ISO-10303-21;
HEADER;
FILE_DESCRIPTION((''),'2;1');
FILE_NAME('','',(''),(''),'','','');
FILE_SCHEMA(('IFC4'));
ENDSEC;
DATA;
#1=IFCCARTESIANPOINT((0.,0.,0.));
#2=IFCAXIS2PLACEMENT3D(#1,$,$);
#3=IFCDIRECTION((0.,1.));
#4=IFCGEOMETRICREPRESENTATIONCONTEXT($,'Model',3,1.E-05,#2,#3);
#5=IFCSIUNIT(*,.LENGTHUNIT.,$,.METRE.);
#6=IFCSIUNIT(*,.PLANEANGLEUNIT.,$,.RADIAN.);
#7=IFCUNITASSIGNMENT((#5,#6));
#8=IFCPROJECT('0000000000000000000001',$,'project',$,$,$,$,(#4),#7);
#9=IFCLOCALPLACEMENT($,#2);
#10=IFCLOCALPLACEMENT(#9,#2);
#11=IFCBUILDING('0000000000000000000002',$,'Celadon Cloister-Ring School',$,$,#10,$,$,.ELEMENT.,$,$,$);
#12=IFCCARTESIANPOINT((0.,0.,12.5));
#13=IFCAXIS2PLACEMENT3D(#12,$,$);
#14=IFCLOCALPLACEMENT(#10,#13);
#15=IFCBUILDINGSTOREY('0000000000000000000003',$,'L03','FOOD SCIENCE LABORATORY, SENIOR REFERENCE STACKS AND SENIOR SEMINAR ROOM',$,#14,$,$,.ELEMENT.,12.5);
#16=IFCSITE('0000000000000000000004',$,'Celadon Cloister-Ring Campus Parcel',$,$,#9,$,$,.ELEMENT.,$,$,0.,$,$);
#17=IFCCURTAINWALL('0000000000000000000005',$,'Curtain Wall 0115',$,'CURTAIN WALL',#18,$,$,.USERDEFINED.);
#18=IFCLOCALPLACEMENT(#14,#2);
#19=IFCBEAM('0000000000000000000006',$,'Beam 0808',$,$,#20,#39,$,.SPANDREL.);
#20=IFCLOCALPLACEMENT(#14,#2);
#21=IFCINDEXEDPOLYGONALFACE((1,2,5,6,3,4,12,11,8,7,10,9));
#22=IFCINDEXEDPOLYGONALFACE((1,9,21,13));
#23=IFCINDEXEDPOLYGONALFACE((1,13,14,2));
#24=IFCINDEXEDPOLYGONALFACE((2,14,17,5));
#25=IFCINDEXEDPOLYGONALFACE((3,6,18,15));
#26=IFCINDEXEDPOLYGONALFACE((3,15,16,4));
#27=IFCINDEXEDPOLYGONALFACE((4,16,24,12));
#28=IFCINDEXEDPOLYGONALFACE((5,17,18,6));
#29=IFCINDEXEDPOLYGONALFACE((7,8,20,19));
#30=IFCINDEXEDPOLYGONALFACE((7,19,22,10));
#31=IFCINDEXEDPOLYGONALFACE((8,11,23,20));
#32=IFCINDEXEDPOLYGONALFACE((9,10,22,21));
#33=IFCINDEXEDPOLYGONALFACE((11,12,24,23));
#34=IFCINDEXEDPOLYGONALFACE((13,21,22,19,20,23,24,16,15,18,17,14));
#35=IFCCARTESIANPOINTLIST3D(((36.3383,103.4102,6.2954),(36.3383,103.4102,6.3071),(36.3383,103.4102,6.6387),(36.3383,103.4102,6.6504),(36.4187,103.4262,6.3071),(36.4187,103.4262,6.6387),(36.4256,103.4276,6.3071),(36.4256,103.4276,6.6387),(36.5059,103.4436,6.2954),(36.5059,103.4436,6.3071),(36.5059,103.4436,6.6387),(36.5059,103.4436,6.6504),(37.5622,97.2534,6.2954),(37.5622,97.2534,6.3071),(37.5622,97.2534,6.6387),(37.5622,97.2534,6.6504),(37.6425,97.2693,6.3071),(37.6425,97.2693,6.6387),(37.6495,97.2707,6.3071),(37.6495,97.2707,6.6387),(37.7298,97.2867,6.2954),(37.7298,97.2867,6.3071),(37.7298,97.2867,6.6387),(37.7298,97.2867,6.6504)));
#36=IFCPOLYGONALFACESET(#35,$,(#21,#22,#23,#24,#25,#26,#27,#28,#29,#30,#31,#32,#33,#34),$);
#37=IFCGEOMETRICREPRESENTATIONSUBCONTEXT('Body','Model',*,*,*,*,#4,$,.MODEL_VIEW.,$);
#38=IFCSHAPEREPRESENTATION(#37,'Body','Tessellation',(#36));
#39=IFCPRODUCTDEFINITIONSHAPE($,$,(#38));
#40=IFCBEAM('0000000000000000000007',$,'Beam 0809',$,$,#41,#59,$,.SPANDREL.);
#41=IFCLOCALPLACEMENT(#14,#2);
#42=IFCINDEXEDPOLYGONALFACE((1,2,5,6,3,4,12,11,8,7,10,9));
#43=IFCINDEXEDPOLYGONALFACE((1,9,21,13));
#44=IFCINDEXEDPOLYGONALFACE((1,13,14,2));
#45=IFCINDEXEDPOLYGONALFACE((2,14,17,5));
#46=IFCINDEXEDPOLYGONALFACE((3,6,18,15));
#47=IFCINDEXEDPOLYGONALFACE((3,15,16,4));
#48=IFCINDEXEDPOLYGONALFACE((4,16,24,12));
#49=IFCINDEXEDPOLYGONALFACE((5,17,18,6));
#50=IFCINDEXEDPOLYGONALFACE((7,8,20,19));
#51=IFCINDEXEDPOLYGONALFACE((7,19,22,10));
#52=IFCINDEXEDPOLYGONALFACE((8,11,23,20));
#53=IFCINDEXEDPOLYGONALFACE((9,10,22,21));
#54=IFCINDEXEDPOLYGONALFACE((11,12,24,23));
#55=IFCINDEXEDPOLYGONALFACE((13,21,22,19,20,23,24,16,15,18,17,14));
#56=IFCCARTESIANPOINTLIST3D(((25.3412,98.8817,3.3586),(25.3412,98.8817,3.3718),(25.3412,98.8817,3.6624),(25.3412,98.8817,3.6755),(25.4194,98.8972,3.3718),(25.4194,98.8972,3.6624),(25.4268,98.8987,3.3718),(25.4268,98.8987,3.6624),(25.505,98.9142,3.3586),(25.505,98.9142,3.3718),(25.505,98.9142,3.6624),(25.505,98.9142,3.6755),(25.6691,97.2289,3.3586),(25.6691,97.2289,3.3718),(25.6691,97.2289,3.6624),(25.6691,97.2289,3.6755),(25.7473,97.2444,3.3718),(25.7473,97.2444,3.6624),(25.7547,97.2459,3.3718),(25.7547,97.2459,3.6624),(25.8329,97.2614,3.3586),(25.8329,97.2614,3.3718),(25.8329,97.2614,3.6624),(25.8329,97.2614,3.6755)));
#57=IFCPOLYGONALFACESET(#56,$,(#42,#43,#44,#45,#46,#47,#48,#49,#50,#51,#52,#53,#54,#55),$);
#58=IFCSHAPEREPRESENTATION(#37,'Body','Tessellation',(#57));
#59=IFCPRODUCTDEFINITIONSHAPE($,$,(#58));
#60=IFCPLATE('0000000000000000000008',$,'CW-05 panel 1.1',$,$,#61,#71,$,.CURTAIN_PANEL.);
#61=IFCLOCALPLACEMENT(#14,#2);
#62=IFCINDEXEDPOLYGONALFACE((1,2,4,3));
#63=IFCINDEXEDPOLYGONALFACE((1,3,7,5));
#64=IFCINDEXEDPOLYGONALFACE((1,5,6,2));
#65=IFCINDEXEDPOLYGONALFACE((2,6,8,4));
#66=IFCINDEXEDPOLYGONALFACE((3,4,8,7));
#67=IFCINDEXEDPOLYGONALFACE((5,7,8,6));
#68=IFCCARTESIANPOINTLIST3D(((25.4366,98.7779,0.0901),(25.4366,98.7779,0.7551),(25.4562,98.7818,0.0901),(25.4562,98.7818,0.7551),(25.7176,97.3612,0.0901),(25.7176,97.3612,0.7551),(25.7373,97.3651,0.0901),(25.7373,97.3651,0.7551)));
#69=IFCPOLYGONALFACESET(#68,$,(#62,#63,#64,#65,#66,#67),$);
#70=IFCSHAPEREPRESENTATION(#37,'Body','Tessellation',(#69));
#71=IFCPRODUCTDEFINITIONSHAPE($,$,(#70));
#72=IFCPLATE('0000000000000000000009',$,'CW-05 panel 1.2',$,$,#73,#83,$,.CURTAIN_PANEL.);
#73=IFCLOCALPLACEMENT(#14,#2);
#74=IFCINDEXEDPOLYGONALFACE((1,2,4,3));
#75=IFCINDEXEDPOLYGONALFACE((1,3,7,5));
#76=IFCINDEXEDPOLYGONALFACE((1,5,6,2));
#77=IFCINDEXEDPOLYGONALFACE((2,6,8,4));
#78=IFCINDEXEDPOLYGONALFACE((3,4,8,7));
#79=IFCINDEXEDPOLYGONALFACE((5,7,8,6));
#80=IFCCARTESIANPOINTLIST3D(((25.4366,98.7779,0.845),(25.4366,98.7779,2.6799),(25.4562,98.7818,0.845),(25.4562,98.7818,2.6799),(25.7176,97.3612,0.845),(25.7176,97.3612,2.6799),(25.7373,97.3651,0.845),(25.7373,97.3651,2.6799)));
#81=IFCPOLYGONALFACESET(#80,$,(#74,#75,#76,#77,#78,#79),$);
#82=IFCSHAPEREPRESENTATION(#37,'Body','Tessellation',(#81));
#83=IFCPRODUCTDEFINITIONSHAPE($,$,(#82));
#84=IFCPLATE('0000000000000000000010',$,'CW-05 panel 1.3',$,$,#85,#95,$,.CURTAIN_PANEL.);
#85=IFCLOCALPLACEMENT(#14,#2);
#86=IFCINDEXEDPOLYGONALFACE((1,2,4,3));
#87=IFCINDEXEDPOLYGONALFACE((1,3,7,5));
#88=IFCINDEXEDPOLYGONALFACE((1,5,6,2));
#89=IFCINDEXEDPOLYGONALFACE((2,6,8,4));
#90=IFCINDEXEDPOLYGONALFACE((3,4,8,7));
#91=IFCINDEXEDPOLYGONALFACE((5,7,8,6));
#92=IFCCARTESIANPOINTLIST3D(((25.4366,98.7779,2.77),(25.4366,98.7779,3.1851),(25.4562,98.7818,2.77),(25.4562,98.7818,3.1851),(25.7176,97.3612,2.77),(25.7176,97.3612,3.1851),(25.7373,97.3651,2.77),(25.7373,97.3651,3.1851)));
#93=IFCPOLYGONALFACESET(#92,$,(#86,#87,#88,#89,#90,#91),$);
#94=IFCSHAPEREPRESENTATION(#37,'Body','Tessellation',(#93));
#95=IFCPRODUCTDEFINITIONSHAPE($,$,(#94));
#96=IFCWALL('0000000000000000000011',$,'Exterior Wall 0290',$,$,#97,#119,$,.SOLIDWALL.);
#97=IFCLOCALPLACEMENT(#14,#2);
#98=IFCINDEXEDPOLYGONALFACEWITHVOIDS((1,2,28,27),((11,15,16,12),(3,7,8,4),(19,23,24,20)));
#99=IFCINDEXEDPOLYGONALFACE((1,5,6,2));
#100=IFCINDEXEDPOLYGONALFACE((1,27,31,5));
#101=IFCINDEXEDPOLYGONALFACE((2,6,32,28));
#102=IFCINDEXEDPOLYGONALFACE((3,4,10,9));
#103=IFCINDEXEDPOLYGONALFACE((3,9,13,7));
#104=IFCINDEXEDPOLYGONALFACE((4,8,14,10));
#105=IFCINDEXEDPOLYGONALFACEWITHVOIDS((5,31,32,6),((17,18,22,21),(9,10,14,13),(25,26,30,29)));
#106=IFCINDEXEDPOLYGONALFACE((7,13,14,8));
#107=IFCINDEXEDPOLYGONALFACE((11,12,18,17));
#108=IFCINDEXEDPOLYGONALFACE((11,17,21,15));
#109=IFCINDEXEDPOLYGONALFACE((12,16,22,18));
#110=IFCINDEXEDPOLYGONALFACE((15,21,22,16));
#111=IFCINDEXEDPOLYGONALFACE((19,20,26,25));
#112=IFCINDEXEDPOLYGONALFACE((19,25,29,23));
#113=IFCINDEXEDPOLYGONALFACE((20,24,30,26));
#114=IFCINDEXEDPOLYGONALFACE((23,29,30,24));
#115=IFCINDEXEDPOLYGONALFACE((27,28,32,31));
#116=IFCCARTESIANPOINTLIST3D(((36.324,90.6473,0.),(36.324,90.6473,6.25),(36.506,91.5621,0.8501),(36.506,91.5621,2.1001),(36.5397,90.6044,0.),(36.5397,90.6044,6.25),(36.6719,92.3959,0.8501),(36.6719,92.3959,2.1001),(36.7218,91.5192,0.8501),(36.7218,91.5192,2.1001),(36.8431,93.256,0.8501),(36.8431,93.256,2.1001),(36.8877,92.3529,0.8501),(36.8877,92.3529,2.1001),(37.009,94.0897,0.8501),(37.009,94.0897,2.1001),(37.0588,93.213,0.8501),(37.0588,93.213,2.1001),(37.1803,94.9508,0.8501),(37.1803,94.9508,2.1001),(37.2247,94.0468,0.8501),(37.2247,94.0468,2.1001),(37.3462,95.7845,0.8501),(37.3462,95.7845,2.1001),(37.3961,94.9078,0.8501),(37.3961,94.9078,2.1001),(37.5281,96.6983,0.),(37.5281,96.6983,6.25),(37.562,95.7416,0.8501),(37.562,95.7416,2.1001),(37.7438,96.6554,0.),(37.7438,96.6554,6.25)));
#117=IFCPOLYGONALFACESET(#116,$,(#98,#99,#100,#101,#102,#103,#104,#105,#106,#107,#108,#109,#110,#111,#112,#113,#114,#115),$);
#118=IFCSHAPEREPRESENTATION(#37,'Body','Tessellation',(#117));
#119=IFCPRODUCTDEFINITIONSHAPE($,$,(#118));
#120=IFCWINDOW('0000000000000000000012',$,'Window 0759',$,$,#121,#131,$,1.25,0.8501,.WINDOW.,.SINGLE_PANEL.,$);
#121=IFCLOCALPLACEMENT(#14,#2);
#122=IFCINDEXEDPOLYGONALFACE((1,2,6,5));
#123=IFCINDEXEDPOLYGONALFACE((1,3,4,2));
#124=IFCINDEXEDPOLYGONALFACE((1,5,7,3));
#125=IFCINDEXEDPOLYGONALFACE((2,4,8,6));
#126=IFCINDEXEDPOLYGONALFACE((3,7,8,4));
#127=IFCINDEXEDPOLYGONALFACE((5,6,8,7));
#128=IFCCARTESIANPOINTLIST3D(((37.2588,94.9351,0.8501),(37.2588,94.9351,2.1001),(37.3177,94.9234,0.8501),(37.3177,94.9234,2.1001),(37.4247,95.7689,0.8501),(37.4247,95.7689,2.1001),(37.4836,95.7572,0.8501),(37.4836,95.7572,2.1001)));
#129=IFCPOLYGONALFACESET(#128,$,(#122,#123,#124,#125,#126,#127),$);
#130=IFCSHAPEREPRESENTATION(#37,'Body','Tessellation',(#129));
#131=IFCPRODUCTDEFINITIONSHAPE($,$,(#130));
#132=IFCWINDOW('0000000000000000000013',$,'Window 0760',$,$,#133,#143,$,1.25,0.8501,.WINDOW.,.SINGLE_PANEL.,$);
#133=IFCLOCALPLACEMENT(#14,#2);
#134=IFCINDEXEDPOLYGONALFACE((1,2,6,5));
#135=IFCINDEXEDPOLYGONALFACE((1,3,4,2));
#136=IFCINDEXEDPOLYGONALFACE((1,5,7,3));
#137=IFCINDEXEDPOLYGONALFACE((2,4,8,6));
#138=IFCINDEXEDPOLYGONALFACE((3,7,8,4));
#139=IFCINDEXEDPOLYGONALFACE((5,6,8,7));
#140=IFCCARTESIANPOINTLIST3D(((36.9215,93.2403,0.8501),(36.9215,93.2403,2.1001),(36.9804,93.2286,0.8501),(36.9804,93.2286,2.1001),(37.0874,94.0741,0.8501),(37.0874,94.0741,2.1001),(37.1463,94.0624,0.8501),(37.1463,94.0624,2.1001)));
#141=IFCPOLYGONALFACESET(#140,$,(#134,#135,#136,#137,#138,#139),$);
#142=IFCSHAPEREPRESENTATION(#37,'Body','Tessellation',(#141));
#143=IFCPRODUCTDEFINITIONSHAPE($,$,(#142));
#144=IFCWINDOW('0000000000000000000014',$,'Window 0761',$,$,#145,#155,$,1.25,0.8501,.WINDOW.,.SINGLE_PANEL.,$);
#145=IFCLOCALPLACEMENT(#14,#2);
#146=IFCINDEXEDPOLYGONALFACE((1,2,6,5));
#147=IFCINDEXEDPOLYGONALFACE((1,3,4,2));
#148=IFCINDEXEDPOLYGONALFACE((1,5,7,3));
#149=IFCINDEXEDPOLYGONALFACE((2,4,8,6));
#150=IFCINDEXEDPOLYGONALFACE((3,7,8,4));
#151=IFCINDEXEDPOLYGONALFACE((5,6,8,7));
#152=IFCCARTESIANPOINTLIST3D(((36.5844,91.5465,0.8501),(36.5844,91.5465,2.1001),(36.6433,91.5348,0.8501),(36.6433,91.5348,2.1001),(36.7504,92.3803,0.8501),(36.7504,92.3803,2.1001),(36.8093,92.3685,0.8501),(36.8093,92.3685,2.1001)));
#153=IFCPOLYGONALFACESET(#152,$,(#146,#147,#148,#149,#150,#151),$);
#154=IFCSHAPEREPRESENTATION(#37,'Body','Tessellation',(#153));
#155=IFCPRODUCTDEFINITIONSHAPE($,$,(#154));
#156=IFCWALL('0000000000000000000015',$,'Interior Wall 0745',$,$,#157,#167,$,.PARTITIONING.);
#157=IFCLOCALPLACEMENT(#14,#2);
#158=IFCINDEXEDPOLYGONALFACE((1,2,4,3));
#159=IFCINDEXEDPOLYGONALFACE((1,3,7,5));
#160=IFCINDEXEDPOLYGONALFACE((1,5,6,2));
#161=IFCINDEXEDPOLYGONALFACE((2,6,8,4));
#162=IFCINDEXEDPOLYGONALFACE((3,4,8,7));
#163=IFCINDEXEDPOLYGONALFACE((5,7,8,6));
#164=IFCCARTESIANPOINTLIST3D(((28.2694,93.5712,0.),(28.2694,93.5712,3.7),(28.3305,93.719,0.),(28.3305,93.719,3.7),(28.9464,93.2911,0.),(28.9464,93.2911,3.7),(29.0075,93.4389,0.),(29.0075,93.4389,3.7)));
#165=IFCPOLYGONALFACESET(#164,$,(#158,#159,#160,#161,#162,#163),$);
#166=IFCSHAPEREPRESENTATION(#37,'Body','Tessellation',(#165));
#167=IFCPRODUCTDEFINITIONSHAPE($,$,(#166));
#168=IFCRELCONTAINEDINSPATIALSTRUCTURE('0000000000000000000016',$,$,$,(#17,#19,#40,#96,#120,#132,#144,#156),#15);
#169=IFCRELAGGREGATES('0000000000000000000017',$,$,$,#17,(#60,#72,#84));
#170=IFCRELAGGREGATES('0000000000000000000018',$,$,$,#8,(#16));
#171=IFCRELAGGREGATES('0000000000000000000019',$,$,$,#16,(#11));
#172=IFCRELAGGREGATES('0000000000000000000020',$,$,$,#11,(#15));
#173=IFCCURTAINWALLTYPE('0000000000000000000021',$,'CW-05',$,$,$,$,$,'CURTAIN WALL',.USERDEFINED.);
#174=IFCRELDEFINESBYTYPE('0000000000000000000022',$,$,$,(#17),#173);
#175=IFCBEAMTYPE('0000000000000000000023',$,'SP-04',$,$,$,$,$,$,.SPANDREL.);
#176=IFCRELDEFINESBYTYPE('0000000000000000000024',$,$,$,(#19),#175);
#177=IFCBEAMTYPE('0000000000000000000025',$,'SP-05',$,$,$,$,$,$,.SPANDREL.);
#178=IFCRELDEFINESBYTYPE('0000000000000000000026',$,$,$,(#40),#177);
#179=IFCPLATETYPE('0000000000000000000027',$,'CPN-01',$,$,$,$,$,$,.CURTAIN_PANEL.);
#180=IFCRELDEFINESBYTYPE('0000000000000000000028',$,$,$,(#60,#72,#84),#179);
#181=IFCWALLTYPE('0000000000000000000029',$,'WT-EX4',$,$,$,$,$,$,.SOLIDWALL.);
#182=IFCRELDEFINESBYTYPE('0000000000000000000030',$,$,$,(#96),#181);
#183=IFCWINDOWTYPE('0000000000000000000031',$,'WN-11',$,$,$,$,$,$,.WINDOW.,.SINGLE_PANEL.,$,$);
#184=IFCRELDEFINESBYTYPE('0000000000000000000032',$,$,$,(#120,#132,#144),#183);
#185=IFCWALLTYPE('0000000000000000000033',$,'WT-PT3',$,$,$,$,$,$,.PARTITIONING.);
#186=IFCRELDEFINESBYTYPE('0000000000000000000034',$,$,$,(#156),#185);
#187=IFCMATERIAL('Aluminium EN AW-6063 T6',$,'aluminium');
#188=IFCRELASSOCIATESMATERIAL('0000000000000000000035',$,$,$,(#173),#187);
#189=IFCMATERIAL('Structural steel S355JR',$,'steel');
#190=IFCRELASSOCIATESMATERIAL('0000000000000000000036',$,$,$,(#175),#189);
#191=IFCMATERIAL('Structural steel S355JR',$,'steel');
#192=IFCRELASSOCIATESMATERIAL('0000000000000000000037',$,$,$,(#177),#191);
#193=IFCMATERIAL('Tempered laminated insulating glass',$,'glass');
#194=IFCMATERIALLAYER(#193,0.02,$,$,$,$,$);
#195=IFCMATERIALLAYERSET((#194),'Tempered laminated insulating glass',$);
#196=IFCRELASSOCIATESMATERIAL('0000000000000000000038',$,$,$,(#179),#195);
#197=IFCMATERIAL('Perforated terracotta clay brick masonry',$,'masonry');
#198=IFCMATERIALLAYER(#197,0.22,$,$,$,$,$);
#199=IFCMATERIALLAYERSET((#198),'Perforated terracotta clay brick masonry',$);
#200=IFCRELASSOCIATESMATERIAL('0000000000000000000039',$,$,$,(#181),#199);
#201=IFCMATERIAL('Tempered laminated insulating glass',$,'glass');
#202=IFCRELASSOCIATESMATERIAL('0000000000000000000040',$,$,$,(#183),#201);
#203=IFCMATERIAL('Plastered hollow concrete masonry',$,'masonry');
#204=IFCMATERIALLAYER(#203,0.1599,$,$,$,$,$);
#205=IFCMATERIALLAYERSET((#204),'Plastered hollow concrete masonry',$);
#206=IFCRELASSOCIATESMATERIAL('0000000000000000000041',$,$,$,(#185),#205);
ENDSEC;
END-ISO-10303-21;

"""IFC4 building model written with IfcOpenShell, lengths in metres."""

from ifc_helpers import new_model, si_unit, direction, frame, frame_2d, origin, origin_2d, place, context, subcontext, project, spatial, rectangle, i_section, extrude, material, layer, layer_set, material_profile, profile_set, type_object, element, fill, aggregate, save


model = new_model("IFC4")

# Units and contexts
model_context = context("Model", 3, precision=1e-05, world=origin(), true_north=direction((0.0, 1.0)))
body_context = subcontext(model_context, "Body", "Model", "MODEL_VIEW")
ifc_project = project(units=[si_unit("LENGTHUNIT", "METRE"), si_unit("PLANEANGLEUNIT", "RADIAN")], contexts=[model_context])

# Site, building, storey
site_placement = place(None, origin())
site = spatial("IfcSite", under=ifc_project, at=site_placement, Name="Celadon Cloister-Ring Campus Parcel", CompositionType="ELEMENT", RefElevation=0.0)
building_placement = place(site_placement, origin())
building = spatial("IfcBuilding", under=site, at=building_placement, Name="Celadon Cloister-Ring School", CompositionType="ELEMENT")
storey_placement = place(building_placement, frame((0.0, 0.0, 12.5)))
storey = spatial("IfcBuildingStorey", under=building, at=storey_placement, Name="L03", Description="FOOD SCIENCE LABORATORY, SENIOR REFERENCE STACKS AND SENIOR SEMINAR ROOM", CompositionType="ELEMENT", Elevation=12.5)

# Curtain wall
ifc_material_1 = material(Name="Aluminium EN AW-6063 T6", Category="aluminium")
curtain_wall_type = type_object("IfcCurtainWallType", Name="CW-05", ElementType="CURTAIN WALL", PredefinedType="USERDEFINED", material=ifc_material_1)
curtain_wall_1_placement = place(storey_placement, origin())
curtain_wall_1 = element("IfcCurtainWall", 1, at=curtain_wall_1_placement, inside=storey, type_object=curtain_wall_type, Name="Curtain Wall 0115", ObjectType="CURTAIN WALL", PredefinedType="USERDEFINED")

# Beams
ifc_material_2 = material(Name="Structural steel S355JR", Category="steel")
ifc_material_profile_1 = material_profile(ifc_material_2, i_section(OverallWidth=0.1709, OverallDepth=0.355, WebThickness=0.0071, FlangeThickness=0.0117, at=origin_2d()), Name="W360X51")
ifc_profile_set_1 = profile_set([ifc_material_profile_1], Name="Structural steel S355JR")
beam_type_1 = type_object("IfcBeamType", Name="SP-04", PredefinedType="SPANDREL", material=ifc_profile_set_1)
beam_1_placement = place(storey_placement, frame((37.646, 97.27, 6.4729), z_axis=(-0.194964, 0.98081, 0.0), x_axis=(-0.98081, -0.194964, 0.0)))
element("IfcBeam", 2, at=beam_1_placement, inside=storey, type_object=beam_type_1, Name="Beam 0808", PredefinedType="SPANDREL", context=body_context, shape_type="SweptSolid", body=[
    extrude(i_section(OverallWidth=0.1709, OverallDepth=0.355, WebThickness=0.0071, FlangeThickness=0.0117, at=origin_2d()), origin(), (0.0, 0.0, 1.0), 6.2773),
])
ifc_material_3 = material(Name="Structural steel S355JR", Category="steel")
ifc_material_profile_2 = material_profile(ifc_material_3, i_section(OverallWidth=0.167, OverallDepth=0.3169, WebThickness=0.0076, FlangeThickness=0.0132, at=origin_2d()), Name="W310X52")
ifc_profile_set_2 = profile_set([ifc_material_profile_2], Name="Structural steel S355JR")
beam_type_2 = type_object("IfcBeamType", Name="SP-05", PredefinedType="SPANDREL", material=ifc_profile_set_2)
beam_2_placement = place(storey_placement, frame((25.751, 97.2451, 3.5171), z_axis=(-0.194583, 0.980886, 0.0), x_axis=(-0.980886, -0.194583, 0.0)))
element("IfcBeam", 3, at=beam_2_placement, inside=storey, type_object=beam_type_2, Name="Beam 0809", PredefinedType="SPANDREL", context=body_context, shape_type="SweptSolid", body=[
    extrude(i_section(OverallWidth=0.167, OverallDepth=0.3169, WebThickness=0.0076, FlangeThickness=0.0132, at=origin_2d()), origin(), (0.0, 0.0, 1.0), 1.6851),
])

# Plates
ifc_material_4 = material(Name="Tempered laminated insulating glass", Category="glass")
ifc_layer_1 = layer(ifc_material_4, 0.02)
ifc_layer_set_1 = layer_set([ifc_layer_1], Name="Tempered laminated insulating glass")
plate_type = type_object("IfcPlateType", Name="CPN-01", PredefinedType="CURTAIN_PANEL", material=ifc_layer_set_1)
plate_1_placement = place(storey_placement, frame((25.5869, 98.0715, 0.0901), z_axis=(0.0, 0.0, 1.0), x_axis=(-0.194586, 0.980885, 0.0)))
plate_1 = element("IfcPlate", 4, at=plate_1_placement, type_object=plate_type, Name="CW-05 panel 1.1", PredefinedType="CURTAIN_PANEL", context=body_context, shape_type="SweptSolid", body=[
    extrude(rectangle(XDim=1.4443, YDim=0.02, at=origin_2d()), origin(), (0.0, 0.0, 1.0), 0.665),
])
plate_2_placement = place(storey_placement, frame((25.5869, 98.0715, 0.845), z_axis=(0.0, 0.0, 1.0), x_axis=(-0.194586, 0.980885, 0.0)))
plate_2 = element("IfcPlate", 5, at=plate_2_placement, type_object=plate_type, Name="CW-05 panel 1.2", PredefinedType="CURTAIN_PANEL", context=body_context, shape_type="SweptSolid", body=[
    extrude(rectangle(XDim=1.4443, YDim=0.02, at=origin_2d()), origin(), (0.0, 0.0, 1.0), 1.835),
])
plate_3_placement = place(storey_placement, frame((25.5869, 98.0715, 2.77), z_axis=(0.0, 0.0, 1.0), x_axis=(-0.194586, 0.980885, 0.0)))
plate_3 = element("IfcPlate", 6, at=plate_3_placement, type_object=plate_type, Name="CW-05 panel 1.3", PredefinedType="CURTAIN_PANEL", context=body_context, shape_type="SweptSolid", body=[
    extrude(rectangle(XDim=1.4443, YDim=0.02, at=origin_2d()), origin(), (0.0, 0.0, 1.0), 0.415),
])
aggregate(curtain_wall_1, [plate_1, plate_2, plate_3])

# Wall, openings, windows
ifc_material_5 = material(Name="Perforated terracotta clay brick masonry", Category="masonry")
ifc_layer_2 = layer(ifc_material_5, 0.22)
ifc_layer_set_2 = layer_set([ifc_layer_2], Name="Perforated terracotta clay brick masonry")
wall_type_1 = type_object("IfcWallType", Name="WT-EX4", PredefinedType="SOLIDWALL", material=ifc_layer_set_2)
wall_1_placement = place(storey_placement, frame((37.636, 96.677, 0.0), z_axis=(0.0, 0.0, 1.0), x_axis=(-0.195165, -0.98077, 0.0)))
wall_1 = element("IfcWall", 7, at=wall_1_placement, inside=storey, type_object=wall_type_1, Name="Exterior Wall 0290", PredefinedType="SOLIDWALL", context=body_context, shape_type="SweptSolid", body=[
    extrude(rectangle(XDim=6.1697, YDim=0.22, at=frame_2d((3.085, 0.0))), origin(), (0.0, 0.0, 1.0), 6.25),
])
opening_1_placement = place(wall_1_placement, frame((0.9319, 0.0, 0.8501)))
opening_1 = element("IfcOpeningElement", 8, at=opening_1_placement, cuts=wall_1, PredefinedType="OPENING", context=body_context, shape_type="SweptSolid", body=[
    extrude(rectangle(XDim=0.8501, YDim=1.25, at=frame_2d((0.425, 0.625))), frame((0.0, 0.1201, 0.0), z_axis=(0.0, -1.0, 0.0), x_axis=(1.0, 0.0, 0.0)), (0.0, 0.0, 1.0), 0.24),
])
opening_2_placement = place(wall_1_placement, frame((2.6599, 0.0, 0.8501)))
opening_2 = element("IfcOpeningElement", 9, at=opening_2_placement, cuts=wall_1, PredefinedType="OPENING", context=body_context, shape_type="SweptSolid", body=[
    extrude(rectangle(XDim=0.8501, YDim=1.25, at=frame_2d((0.425, 0.625))), frame((0.0, 0.1201, 0.0), z_axis=(0.0, -1.0, 0.0), x_axis=(1.0, 0.0, 0.0)), (0.0, 0.0, 1.0), 0.24),
])
opening_3_placement = place(wall_1_placement, frame((4.387, 0.0, 0.8501)))
opening_3 = element("IfcOpeningElement", 10, at=opening_3_placement, cuts=wall_1, PredefinedType="OPENING", context=body_context, shape_type="SweptSolid", body=[
    extrude(rectangle(XDim=0.8501, YDim=1.25, at=frame_2d((0.425, 0.625))), frame((0.0, 0.1201, 0.0), z_axis=(0.0, -1.0, 0.0), x_axis=(1.0, 0.0, 0.0)), (0.0, 0.0, 1.0), 0.24),
])
ifc_material_6 = material(Name="Tempered laminated insulating glass", Category="glass")
window_type = type_object("IfcWindowType", Name="WN-11", PartitioningType="SINGLE_PANEL", PredefinedType="WINDOW", material=ifc_material_6)
window_1_placement = place(opening_1_placement, origin())
window_1 = element("IfcWindow", 11, at=window_1_placement, inside=storey, type_object=window_type, Name="Window 0759", OverallHeight=1.25, OverallWidth=0.8501, PartitioningType="SINGLE_PANEL", PredefinedType="WINDOW", context=body_context, shape_type="SweptSolid", body=[
    extrude(rectangle(XDim=0.8501, YDim=1.25, at=frame_2d((0.425, 0.625))), frame((0.0, 0.03, 0.0), z_axis=(0.0, -1.0, 0.0), x_axis=(1.0, 0.0, 0.0)), (0.0, 0.0, 1.0), 0.0601),
])
fill(opening_1, window_1)
window_2_placement = place(opening_2_placement, origin())
window_2 = element("IfcWindow", 12, at=window_2_placement, inside=storey, type_object=window_type, Name="Window 0760", OverallHeight=1.25, OverallWidth=0.8501, PartitioningType="SINGLE_PANEL", PredefinedType="WINDOW", context=body_context, shape_type="SweptSolid", body=[
    extrude(rectangle(XDim=0.8501, YDim=1.25, at=frame_2d((0.425, 0.625))), frame((0.0, 0.03, 0.0), z_axis=(0.0, -1.0, 0.0), x_axis=(1.0, 0.0, 0.0)), (0.0, 0.0, 1.0), 0.0601),
])
fill(opening_2, window_2)
window_3_placement = place(opening_3_placement, origin())
window_3 = element("IfcWindow", 13, at=window_3_placement, inside=storey, type_object=window_type, Name="Window 0761", OverallHeight=1.25, OverallWidth=0.8501, PartitioningType="SINGLE_PANEL", PredefinedType="WINDOW", context=body_context, shape_type="SweptSolid", body=[
    extrude(rectangle(XDim=0.8501, YDim=1.25, at=frame_2d((0.425, 0.625))), frame((0.0, 0.03, 0.0), z_axis=(0.0, -1.0, 0.0), x_axis=(1.0, 0.0, 0.0)), (0.0, 0.0, 1.0), 0.0601),
])
fill(opening_3, window_3)

# Wall
ifc_material_7 = material(Name="Plastered hollow concrete masonry", Category="masonry")
ifc_layer_3 = layer(ifc_material_7, 0.1599)
ifc_layer_set_3 = layer_set([ifc_layer_3], Name="Plastered hollow concrete masonry")
wall_type_2 = type_object("IfcWallType", Name="WT-PT3", PredefinedType="PARTITIONING", material=ifc_layer_set_3)
wall_2_placement = place(storey_placement, frame((28.3, 93.645, 0.0), z_axis=(0.0, 0.0, 1.0), x_axis=(0.92407, -0.382224, 0.0)))
element("IfcWall", 14, at=wall_2_placement, inside=storey, type_object=wall_type_2, Name="Interior Wall 0745", PredefinedType="PARTITIONING", context=body_context, shape_type="SweptSolid", body=[
    extrude(rectangle(XDim=0.7327, YDim=0.1599, at=frame_2d((0.3662, 0.0))), origin(), (0.0, 0.0, 1.0), 3.7),
])

save(model, "model.ifc")
